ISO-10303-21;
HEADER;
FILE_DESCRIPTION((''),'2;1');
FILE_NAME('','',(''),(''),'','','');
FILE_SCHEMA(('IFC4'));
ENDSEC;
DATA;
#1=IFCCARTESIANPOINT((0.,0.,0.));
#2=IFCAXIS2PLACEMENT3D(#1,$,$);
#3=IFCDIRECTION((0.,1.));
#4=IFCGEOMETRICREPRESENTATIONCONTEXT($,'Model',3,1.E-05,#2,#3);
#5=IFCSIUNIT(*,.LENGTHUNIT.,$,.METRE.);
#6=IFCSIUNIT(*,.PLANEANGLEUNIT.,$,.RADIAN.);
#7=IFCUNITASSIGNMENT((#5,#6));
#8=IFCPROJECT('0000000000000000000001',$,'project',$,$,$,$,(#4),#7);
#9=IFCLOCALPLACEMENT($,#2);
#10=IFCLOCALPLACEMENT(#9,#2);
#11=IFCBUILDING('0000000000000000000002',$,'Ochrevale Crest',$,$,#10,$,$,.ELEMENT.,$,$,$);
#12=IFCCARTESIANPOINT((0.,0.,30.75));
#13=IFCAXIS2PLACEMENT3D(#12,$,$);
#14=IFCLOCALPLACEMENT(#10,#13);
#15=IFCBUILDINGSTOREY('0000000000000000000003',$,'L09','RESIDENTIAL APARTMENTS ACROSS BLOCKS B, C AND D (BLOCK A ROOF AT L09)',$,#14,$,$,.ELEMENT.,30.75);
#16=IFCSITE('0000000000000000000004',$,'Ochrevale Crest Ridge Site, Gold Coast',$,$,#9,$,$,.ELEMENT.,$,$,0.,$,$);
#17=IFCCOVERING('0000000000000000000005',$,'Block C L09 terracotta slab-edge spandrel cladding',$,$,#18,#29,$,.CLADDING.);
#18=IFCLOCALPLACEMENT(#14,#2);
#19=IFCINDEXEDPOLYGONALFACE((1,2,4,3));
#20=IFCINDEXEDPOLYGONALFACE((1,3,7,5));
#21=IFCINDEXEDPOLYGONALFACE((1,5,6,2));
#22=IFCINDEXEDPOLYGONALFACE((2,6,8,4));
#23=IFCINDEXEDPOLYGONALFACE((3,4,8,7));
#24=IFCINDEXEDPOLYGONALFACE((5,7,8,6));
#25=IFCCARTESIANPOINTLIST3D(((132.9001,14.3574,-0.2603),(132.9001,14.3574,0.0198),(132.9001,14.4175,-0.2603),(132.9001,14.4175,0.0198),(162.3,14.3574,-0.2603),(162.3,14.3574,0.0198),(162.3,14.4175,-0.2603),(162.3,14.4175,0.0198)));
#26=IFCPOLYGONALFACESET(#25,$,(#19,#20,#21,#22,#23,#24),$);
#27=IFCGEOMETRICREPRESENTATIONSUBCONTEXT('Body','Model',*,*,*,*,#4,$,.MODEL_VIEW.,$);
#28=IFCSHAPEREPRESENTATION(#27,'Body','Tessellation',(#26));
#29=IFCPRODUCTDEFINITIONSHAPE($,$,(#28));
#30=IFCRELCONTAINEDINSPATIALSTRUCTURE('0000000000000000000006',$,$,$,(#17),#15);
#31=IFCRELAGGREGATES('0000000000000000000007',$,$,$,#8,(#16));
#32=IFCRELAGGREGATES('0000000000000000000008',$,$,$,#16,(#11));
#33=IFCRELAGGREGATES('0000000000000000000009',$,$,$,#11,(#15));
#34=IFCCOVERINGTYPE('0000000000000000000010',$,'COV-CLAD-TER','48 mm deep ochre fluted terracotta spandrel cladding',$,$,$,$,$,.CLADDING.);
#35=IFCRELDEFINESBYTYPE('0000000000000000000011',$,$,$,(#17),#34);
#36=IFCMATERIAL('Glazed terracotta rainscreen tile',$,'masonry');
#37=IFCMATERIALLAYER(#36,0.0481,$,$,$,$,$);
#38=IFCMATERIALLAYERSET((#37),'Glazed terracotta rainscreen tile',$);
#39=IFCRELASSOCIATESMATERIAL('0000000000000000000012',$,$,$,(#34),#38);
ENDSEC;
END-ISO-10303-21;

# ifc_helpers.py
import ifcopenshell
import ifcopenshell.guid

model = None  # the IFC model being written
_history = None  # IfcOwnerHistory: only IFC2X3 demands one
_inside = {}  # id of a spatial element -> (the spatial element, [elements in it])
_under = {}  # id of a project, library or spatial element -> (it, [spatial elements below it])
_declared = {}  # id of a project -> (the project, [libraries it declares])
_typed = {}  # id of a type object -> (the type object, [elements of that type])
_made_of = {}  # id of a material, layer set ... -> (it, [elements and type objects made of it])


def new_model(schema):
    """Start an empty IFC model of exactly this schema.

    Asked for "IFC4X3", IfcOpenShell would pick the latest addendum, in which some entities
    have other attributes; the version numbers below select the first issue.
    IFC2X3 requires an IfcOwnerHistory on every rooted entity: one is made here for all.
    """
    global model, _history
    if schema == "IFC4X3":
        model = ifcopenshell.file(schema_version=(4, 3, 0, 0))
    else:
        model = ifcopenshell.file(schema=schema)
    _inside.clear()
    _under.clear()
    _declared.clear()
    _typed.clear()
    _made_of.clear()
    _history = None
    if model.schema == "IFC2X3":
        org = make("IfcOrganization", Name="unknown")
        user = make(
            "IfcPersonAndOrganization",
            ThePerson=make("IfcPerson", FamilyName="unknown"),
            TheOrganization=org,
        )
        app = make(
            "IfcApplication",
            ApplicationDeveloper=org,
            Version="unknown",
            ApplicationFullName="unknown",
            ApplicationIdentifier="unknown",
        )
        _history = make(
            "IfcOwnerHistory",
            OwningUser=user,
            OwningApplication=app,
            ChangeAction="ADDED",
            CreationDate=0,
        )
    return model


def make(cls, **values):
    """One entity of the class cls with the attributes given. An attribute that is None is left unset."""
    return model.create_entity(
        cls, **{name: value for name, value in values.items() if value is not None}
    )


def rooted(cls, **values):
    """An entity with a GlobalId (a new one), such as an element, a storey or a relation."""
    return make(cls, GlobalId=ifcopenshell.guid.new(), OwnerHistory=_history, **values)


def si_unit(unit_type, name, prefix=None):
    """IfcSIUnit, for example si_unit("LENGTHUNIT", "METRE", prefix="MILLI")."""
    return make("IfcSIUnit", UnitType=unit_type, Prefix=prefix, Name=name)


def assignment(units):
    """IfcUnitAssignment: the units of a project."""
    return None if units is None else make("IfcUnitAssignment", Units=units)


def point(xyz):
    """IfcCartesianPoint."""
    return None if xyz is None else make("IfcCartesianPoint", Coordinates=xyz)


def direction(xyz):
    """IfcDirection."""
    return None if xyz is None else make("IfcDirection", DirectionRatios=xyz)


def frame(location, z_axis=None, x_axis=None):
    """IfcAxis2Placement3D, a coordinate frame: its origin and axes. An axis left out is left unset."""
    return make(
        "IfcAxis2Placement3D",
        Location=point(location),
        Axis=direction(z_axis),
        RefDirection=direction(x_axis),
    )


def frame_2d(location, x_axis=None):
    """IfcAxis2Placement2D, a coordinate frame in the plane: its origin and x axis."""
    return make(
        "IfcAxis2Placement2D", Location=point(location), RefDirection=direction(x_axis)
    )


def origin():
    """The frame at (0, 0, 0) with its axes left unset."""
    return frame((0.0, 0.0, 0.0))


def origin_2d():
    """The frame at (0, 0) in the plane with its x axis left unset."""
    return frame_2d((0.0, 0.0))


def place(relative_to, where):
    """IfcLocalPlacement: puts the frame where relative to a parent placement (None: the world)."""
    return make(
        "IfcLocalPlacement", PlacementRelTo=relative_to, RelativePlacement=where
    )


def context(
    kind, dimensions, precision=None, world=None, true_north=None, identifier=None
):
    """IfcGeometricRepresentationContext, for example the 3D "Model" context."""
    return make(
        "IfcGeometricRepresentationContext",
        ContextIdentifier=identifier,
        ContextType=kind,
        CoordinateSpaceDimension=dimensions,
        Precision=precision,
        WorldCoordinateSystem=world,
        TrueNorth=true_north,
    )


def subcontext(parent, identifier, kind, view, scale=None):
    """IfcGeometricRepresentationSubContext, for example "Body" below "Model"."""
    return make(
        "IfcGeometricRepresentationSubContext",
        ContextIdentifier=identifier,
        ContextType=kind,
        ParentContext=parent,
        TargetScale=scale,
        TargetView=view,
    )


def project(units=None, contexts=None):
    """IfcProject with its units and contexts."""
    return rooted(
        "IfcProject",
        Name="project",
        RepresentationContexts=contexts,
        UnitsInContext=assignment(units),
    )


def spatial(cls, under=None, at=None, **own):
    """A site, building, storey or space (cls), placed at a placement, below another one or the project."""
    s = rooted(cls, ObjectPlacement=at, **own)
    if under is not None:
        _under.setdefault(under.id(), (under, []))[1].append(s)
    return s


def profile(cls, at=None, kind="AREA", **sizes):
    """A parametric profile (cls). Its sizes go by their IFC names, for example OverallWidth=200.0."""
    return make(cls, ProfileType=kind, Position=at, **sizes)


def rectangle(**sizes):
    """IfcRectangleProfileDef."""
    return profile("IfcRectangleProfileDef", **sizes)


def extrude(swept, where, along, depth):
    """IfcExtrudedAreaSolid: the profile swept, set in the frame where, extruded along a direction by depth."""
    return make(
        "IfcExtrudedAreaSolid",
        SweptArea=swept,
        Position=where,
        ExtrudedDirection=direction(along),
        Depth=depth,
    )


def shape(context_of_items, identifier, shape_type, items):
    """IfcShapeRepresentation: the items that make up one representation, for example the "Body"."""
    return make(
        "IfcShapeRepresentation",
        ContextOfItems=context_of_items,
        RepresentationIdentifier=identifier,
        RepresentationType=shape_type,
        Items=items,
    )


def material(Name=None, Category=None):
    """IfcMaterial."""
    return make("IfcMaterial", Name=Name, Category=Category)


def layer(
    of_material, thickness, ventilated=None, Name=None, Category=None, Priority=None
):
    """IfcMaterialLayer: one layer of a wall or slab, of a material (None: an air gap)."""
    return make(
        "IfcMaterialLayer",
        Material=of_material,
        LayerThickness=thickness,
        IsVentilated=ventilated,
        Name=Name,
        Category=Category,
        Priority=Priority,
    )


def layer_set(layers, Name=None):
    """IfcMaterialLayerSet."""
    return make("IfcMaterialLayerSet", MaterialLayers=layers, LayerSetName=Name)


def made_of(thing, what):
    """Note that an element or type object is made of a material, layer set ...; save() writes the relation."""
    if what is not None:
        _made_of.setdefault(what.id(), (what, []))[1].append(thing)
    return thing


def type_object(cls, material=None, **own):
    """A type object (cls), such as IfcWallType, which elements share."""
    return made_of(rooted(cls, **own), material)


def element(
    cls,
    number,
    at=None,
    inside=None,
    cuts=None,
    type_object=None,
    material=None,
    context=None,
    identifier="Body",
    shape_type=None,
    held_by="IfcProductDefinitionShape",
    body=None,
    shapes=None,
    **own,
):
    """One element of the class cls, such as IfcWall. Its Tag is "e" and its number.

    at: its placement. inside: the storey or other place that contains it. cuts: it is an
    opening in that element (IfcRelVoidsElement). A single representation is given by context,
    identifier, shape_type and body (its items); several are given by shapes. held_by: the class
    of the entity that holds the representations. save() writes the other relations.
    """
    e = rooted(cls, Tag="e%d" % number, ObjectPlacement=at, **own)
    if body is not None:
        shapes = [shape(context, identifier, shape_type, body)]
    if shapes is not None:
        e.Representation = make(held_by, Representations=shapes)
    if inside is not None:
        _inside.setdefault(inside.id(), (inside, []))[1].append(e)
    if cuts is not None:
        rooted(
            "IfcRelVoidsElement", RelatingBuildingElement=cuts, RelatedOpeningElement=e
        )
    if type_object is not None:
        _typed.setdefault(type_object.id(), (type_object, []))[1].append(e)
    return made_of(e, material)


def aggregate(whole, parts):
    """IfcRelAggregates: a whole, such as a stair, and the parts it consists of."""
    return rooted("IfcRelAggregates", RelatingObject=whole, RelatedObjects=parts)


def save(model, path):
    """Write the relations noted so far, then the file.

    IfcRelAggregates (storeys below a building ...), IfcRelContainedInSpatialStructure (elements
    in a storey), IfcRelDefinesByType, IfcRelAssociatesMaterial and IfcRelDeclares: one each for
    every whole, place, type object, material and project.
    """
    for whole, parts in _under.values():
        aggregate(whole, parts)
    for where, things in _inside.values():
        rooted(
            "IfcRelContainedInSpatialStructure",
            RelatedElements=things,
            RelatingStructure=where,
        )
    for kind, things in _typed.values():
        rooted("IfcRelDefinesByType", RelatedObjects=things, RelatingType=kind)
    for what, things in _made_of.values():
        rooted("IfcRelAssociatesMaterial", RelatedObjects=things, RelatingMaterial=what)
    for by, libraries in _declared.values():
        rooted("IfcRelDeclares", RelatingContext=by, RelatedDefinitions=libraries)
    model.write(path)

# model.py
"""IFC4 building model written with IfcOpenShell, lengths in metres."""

from ifc_helpers import new_model, si_unit, direction, frame, origin, origin_2d, place, context, subcontext, project, spatial, rectangle, extrude, material, layer, layer_set, type_object, element, save


model = new_model("IFC4")

# Units and contexts
model_context = context("Model", 3, precision=1e-05, world=origin(), true_north=direction((0.0, 1.0)))
body_context = subcontext(model_context, "Body", "Model", "MODEL_VIEW")
ifc_project = project(units=[si_unit("LENGTHUNIT", "METRE"), si_unit("PLANEANGLEUNIT", "RADIAN")], contexts=[model_context])

# Site, building, storey
site_placement = place(None, origin())
site = spatial("IfcSite", under=ifc_project, at=site_placement, Name="Ochrevale Crest Ridge Site, Gold Coast", CompositionType="ELEMENT", RefElevation=0.0)
building_placement = place(site_placement, origin())
building = spatial("IfcBuilding", under=site, at=building_placement, Name="Ochrevale Crest", CompositionType="ELEMENT")
storey_placement = place(building_placement, frame((0.0, 0.0, 30.75)))
storey = spatial("IfcBuildingStorey", under=building, at=storey_placement, Name="L09", Description="RESIDENTIAL APARTMENTS ACROSS BLOCKS B, C AND D (BLOCK A ROOF AT L09)", CompositionType="ELEMENT", Elevation=30.75)

# Covering
ifc_material_1 = material(Name="Glazed terracotta rainscreen tile", Category="masonry")
ifc_layer_1 = layer(ifc_material_1, 0.0481)
ifc_layer_set_1 = layer_set([ifc_layer_1], Name="Glazed terracotta rainscreen tile")
covering_type = type_object("IfcCoveringType", Name="COV-CLAD-TER", Description="48 mm deep ochre fluted terracotta spandrel cladding", PredefinedType="CLADDING", material=ifc_layer_set_1)
covering_placement = place(storey_placement, frame((147.6001, 14.3875, -0.2603), z_axis=(0.0, 0.0, 1.0), x_axis=(1.0, 0.0, 0.0)))
element("IfcCovering", 1, at=covering_placement, inside=storey, type_object=covering_type, Name="Block C L09 terracotta slab-edge spandrel cladding", PredefinedType="CLADDING", context=body_context, shape_type="SweptSolid", body=[
    extrude(rectangle(XDim=29.3999, YDim=0.0601, at=origin_2d()), origin(), (0.0, 0.0, 1.0), 0.28),
])

save(model, "model.ifc")
